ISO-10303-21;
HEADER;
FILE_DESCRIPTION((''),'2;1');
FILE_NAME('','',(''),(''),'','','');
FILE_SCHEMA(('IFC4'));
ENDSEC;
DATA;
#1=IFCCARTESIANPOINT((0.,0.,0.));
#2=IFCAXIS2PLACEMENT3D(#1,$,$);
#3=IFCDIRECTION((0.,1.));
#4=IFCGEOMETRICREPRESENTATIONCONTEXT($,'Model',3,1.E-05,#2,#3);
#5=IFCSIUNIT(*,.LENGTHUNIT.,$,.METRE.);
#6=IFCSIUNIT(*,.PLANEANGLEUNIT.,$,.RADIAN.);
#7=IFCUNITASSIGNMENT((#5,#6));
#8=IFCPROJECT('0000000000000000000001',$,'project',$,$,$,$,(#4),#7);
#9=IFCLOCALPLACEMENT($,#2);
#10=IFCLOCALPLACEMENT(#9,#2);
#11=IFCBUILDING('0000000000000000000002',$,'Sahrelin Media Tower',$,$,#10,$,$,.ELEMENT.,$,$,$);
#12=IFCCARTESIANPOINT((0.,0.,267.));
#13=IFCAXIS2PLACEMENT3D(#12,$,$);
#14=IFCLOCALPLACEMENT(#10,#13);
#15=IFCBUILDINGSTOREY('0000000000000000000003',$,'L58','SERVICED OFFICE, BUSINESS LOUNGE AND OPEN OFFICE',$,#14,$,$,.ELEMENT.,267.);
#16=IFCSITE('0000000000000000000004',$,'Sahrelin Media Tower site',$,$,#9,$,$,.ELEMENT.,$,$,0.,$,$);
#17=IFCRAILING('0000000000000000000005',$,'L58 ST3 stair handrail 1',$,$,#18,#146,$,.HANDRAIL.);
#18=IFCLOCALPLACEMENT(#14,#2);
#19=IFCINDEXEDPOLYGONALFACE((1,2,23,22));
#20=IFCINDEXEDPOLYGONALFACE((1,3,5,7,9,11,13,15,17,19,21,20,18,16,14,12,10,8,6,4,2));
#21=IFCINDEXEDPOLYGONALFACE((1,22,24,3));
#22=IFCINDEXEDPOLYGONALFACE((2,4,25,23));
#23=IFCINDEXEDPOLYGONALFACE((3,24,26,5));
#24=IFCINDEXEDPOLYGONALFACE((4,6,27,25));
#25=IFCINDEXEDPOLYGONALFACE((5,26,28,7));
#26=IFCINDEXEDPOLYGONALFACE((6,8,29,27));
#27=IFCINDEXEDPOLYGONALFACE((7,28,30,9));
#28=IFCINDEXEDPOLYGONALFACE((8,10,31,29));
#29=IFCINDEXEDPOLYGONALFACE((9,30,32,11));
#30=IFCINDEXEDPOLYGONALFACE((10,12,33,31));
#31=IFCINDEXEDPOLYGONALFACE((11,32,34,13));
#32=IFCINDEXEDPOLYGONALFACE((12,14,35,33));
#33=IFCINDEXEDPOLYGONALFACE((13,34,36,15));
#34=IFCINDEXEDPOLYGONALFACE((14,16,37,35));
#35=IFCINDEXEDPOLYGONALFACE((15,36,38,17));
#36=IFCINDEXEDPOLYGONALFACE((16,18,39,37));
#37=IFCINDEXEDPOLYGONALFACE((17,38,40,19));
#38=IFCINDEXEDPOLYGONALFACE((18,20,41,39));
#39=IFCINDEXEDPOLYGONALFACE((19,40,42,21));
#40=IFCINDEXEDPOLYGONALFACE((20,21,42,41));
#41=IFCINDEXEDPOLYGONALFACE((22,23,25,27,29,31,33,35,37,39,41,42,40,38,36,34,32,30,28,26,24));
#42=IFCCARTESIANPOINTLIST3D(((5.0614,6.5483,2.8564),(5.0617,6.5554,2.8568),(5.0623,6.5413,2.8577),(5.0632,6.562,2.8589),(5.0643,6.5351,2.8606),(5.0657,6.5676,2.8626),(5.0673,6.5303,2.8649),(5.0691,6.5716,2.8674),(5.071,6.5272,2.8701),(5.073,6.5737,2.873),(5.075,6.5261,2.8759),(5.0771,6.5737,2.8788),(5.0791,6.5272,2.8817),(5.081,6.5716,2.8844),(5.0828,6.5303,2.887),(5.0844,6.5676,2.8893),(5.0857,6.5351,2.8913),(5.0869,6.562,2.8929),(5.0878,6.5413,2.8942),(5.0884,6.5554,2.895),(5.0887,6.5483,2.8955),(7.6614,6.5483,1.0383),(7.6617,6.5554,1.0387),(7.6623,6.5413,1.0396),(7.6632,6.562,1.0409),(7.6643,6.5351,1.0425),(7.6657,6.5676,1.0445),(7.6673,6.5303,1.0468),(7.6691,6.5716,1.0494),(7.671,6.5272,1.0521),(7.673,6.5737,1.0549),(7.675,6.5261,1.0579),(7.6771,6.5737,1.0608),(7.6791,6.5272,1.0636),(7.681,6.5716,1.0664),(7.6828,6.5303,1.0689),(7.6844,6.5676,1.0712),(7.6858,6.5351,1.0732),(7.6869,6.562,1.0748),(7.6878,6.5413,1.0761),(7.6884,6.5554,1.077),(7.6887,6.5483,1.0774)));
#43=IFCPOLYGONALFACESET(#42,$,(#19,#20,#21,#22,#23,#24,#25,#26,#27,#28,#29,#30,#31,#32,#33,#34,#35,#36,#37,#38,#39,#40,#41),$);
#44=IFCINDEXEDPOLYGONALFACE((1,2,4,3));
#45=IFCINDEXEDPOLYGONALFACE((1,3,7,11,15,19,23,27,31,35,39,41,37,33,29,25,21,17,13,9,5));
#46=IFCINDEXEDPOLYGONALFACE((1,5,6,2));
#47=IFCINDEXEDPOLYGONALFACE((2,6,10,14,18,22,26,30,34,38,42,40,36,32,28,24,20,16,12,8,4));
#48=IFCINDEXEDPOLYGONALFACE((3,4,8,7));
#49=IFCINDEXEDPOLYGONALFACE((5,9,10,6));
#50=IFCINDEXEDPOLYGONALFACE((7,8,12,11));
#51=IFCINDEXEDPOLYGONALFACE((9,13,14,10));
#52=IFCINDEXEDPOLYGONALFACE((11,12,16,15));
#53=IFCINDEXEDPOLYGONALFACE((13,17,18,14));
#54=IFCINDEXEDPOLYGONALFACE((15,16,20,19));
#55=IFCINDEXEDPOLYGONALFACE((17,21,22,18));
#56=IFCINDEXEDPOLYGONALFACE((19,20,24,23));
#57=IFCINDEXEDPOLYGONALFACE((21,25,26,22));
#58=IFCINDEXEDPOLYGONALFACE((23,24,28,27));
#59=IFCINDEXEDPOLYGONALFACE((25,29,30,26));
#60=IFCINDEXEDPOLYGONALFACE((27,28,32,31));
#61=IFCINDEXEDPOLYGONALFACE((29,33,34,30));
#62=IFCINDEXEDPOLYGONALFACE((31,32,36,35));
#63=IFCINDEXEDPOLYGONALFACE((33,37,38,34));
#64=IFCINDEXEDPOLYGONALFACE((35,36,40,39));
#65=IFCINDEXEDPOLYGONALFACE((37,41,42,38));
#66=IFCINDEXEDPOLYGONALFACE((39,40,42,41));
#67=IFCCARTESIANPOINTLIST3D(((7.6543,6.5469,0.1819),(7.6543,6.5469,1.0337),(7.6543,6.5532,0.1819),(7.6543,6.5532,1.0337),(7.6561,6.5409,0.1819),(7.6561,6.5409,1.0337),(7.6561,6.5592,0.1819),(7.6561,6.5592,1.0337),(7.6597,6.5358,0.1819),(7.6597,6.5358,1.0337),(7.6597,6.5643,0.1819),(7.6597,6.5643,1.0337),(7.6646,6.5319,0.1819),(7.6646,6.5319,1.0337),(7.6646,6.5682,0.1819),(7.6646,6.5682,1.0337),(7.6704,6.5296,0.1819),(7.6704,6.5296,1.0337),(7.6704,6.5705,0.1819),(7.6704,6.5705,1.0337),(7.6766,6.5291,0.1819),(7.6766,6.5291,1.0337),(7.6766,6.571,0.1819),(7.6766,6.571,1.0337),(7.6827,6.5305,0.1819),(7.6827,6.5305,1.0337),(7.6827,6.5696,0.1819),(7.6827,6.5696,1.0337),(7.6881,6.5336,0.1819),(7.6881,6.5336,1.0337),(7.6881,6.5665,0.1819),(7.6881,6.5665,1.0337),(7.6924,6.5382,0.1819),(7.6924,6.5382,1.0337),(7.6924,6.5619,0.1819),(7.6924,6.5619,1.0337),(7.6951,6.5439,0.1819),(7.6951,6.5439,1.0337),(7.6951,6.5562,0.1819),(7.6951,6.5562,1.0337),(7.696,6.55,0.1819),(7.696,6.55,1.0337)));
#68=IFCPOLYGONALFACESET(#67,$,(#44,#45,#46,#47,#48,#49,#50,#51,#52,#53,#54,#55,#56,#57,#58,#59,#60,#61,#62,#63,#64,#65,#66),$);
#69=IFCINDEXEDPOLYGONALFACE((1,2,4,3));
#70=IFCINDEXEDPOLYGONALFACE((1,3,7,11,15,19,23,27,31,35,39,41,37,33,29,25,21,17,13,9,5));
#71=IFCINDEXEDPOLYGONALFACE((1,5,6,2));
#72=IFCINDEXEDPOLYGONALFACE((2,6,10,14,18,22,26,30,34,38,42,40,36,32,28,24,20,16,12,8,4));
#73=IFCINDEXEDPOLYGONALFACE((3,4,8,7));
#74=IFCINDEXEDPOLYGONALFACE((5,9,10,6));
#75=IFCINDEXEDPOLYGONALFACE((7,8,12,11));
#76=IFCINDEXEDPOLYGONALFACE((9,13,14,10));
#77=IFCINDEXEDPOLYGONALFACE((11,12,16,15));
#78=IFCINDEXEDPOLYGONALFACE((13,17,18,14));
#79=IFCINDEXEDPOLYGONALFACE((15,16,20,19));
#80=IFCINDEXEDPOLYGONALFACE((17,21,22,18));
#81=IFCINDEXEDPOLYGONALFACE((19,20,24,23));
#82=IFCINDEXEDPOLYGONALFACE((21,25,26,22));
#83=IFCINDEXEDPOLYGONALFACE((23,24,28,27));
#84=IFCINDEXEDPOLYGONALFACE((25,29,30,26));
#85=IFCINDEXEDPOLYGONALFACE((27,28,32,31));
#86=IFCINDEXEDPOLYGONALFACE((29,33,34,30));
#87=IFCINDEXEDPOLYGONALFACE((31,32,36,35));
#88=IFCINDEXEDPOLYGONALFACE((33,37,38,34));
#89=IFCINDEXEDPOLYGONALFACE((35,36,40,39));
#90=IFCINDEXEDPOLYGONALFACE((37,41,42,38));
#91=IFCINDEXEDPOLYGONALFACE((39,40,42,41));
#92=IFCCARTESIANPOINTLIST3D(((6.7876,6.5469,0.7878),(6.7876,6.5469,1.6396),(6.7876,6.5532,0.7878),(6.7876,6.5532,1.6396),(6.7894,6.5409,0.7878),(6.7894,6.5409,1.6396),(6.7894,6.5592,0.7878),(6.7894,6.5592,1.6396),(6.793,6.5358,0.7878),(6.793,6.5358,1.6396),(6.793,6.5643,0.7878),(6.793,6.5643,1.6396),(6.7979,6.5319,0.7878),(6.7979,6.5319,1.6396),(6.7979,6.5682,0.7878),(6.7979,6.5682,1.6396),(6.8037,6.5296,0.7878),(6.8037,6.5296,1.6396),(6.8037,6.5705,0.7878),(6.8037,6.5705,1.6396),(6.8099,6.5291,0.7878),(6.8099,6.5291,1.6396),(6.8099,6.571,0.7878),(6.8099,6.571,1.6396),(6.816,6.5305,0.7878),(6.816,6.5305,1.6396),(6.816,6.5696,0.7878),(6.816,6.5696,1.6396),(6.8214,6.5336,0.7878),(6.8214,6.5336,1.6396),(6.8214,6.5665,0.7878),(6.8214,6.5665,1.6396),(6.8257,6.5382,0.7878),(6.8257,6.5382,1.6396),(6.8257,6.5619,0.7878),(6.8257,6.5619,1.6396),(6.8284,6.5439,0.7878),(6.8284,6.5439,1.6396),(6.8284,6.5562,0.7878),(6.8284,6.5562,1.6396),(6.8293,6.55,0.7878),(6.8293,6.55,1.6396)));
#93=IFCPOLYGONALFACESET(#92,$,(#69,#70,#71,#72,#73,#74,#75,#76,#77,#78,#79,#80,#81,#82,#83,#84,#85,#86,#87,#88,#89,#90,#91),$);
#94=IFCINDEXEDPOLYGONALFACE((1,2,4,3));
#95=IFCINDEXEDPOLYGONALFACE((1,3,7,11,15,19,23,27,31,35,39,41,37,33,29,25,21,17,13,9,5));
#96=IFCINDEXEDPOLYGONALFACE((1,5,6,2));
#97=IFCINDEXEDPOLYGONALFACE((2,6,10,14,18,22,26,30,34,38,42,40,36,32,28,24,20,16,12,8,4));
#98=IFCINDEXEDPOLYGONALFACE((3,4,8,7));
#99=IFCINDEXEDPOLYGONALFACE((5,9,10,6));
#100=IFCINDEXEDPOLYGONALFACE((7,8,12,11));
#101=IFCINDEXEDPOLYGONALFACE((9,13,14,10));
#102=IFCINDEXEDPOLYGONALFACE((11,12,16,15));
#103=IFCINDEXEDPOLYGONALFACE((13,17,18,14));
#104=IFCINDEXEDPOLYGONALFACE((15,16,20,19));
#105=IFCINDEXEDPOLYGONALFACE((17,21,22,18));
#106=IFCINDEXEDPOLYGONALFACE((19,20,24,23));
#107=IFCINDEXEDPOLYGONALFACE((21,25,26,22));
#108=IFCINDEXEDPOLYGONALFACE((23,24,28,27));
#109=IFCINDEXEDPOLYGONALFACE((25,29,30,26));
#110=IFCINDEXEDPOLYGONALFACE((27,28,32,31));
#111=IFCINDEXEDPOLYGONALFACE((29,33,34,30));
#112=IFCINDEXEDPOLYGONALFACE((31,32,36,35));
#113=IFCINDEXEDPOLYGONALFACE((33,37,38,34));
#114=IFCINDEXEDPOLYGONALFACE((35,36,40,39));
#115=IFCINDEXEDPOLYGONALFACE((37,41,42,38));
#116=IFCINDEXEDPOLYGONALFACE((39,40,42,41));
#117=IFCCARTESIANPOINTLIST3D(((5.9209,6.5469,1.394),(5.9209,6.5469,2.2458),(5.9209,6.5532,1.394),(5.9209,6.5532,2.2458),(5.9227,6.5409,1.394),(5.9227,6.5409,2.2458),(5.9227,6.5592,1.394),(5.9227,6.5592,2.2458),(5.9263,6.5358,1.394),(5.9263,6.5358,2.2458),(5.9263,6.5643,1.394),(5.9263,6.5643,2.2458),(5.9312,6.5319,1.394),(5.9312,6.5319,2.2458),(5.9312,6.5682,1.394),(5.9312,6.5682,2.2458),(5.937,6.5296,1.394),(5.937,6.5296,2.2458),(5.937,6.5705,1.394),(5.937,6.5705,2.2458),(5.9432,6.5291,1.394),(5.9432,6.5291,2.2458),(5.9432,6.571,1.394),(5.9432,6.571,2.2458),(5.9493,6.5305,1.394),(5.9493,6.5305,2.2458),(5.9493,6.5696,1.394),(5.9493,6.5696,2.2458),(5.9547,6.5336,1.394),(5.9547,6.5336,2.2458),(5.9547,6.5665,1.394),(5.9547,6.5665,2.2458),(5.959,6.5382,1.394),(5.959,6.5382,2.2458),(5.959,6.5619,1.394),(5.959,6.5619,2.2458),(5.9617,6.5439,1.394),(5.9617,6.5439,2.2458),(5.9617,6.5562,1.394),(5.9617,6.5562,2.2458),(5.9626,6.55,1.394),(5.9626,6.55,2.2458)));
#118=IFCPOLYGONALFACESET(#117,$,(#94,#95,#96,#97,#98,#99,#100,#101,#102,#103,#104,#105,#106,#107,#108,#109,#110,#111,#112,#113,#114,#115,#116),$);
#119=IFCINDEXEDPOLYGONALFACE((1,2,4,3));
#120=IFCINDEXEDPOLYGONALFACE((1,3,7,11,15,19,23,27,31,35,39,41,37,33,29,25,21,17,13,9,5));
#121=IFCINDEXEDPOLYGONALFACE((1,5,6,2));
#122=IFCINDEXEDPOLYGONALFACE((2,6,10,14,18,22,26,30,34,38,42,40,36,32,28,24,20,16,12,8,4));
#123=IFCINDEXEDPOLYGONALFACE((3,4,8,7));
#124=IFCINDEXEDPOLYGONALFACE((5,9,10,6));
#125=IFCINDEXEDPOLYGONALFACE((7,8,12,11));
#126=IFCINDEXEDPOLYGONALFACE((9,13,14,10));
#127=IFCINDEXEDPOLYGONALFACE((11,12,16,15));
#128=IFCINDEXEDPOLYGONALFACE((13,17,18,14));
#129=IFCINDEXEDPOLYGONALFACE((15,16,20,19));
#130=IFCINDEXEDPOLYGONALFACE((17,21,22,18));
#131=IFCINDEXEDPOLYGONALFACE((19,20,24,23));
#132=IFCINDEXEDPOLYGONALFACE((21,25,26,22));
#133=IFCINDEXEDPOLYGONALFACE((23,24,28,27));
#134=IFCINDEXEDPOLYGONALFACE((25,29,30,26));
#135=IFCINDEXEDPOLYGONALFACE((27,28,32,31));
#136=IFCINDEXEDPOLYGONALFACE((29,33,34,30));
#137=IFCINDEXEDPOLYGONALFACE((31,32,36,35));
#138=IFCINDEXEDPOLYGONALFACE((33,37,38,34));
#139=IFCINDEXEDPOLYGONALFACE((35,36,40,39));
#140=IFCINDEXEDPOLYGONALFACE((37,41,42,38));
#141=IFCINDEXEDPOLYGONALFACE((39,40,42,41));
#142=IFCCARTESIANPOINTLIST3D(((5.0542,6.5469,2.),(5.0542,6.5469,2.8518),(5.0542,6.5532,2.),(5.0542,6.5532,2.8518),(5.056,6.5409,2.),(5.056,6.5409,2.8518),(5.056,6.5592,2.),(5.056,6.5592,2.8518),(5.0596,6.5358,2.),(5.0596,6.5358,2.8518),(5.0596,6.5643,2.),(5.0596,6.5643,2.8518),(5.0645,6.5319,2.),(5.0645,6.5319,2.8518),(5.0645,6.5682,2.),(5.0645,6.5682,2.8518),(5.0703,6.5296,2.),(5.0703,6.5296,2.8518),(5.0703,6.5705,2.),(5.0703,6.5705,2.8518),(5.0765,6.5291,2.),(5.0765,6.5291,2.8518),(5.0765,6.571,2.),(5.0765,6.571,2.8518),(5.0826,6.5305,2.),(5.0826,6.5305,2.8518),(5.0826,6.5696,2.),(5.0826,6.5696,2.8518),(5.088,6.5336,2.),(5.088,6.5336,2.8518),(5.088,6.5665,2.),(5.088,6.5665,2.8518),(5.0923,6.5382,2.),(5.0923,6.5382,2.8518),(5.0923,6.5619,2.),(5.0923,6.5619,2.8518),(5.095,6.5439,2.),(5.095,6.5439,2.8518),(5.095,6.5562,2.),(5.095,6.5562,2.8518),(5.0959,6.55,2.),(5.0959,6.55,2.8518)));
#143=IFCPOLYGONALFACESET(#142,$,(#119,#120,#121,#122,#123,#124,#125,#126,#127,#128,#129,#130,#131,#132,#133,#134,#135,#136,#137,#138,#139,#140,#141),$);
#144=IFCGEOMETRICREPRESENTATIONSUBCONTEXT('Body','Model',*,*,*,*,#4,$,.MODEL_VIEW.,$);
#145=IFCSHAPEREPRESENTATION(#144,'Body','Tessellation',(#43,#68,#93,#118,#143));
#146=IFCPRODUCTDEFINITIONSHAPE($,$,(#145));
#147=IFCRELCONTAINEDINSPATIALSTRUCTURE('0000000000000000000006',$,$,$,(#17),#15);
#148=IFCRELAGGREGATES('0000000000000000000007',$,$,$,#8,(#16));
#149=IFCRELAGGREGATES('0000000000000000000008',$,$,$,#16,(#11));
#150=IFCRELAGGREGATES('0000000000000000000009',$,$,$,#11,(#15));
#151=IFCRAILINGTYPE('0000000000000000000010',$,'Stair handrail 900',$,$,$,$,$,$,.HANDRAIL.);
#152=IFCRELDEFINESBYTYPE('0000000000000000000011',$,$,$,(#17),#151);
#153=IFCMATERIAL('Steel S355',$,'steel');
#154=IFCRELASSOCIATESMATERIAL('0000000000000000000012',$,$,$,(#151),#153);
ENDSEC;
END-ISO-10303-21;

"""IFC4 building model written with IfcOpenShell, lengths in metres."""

from ifc_helpers import new_model, si_unit, direction, frame, origin, origin_2d, place, context, subcontext, project, spatial, circle, extrude, material, type_object, element, save


model = new_model("IFC4")

# Units and contexts
model_context = context("Model", 3, precision=1e-05, world=origin(), true_north=direction((0.0, 1.0)))
body_context = subcontext(model_context, "Body", "Model", "MODEL_VIEW")
ifc_project = project(units=[si_unit("LENGTHUNIT", "METRE"), si_unit("PLANEANGLEUNIT", "RADIAN")], contexts=[model_context])

# Site, building, storey
site_placement = place(None, origin())
site = spatial("IfcSite", under=ifc_project, at=site_placement, Name="Sahrelin Media Tower site", CompositionType="ELEMENT", RefElevation=0.0)
building_placement = place(site_placement, origin())
building = spatial("IfcBuilding", under=site, at=building_placement, Name="Sahrelin Media Tower", CompositionType="ELEMENT")
storey_placement = place(building_placement, frame((0.0, 0.0, 267.0)))
storey = spatial("IfcBuildingStorey", under=building, at=storey_placement, Name="L58", Description="SERVICED OFFICE, BUSINESS LOUNGE AND OPEN OFFICE", CompositionType="ELEMENT", Elevation=267.0)

# Shared definitions
ifc_material_1 = material(Name="Steel S355", Category="steel")

# Railing
railing_type_1 = type_object("IfcRailingType", Name="Stair handrail 900", PredefinedType="HANDRAIL", material=ifc_material_1)
railing_1_placement = place(storey_placement, frame((7.675, 6.55, 0.1819)))
element("IfcRailing", 1, at=railing_1_placement, inside=storey, type_object=railing_type_1, Name="L58 ST3 stair handrail 1", PredefinedType="HANDRAIL", context=body_context, shape_type="SweptSolid", body=[
    extrude(circle(Radius=0.0239, at=origin_2d()), frame((0.0, 0.0, 0.876), z_axis=(-0.819521, 0.0, 0.573049), x_axis=(0.0, -1.0, 0.0)), (0.0, 0.0, 1.0), 3.1726),
    extrude(circle(Radius=0.021, at=origin_2d()), origin(), (0.0, 0.0, 1.0), 0.8518),
    extrude(circle(Radius=0.021, at=origin_2d()), frame((-0.8667, 0.0, 0.606)), (0.0, 0.0, 1.0), 0.8518),
    extrude(circle(Radius=0.021, at=origin_2d()), frame((-1.7334, 0.0, 1.2122)), (0.0, 0.0, 1.0), 0.8518),
    extrude(circle(Radius=0.021, at=origin_2d()), frame((-2.6001, 0.0, 1.8181)), (0.0, 0.0, 1.0), 0.8518),
])

save(model, "model.ifc")
